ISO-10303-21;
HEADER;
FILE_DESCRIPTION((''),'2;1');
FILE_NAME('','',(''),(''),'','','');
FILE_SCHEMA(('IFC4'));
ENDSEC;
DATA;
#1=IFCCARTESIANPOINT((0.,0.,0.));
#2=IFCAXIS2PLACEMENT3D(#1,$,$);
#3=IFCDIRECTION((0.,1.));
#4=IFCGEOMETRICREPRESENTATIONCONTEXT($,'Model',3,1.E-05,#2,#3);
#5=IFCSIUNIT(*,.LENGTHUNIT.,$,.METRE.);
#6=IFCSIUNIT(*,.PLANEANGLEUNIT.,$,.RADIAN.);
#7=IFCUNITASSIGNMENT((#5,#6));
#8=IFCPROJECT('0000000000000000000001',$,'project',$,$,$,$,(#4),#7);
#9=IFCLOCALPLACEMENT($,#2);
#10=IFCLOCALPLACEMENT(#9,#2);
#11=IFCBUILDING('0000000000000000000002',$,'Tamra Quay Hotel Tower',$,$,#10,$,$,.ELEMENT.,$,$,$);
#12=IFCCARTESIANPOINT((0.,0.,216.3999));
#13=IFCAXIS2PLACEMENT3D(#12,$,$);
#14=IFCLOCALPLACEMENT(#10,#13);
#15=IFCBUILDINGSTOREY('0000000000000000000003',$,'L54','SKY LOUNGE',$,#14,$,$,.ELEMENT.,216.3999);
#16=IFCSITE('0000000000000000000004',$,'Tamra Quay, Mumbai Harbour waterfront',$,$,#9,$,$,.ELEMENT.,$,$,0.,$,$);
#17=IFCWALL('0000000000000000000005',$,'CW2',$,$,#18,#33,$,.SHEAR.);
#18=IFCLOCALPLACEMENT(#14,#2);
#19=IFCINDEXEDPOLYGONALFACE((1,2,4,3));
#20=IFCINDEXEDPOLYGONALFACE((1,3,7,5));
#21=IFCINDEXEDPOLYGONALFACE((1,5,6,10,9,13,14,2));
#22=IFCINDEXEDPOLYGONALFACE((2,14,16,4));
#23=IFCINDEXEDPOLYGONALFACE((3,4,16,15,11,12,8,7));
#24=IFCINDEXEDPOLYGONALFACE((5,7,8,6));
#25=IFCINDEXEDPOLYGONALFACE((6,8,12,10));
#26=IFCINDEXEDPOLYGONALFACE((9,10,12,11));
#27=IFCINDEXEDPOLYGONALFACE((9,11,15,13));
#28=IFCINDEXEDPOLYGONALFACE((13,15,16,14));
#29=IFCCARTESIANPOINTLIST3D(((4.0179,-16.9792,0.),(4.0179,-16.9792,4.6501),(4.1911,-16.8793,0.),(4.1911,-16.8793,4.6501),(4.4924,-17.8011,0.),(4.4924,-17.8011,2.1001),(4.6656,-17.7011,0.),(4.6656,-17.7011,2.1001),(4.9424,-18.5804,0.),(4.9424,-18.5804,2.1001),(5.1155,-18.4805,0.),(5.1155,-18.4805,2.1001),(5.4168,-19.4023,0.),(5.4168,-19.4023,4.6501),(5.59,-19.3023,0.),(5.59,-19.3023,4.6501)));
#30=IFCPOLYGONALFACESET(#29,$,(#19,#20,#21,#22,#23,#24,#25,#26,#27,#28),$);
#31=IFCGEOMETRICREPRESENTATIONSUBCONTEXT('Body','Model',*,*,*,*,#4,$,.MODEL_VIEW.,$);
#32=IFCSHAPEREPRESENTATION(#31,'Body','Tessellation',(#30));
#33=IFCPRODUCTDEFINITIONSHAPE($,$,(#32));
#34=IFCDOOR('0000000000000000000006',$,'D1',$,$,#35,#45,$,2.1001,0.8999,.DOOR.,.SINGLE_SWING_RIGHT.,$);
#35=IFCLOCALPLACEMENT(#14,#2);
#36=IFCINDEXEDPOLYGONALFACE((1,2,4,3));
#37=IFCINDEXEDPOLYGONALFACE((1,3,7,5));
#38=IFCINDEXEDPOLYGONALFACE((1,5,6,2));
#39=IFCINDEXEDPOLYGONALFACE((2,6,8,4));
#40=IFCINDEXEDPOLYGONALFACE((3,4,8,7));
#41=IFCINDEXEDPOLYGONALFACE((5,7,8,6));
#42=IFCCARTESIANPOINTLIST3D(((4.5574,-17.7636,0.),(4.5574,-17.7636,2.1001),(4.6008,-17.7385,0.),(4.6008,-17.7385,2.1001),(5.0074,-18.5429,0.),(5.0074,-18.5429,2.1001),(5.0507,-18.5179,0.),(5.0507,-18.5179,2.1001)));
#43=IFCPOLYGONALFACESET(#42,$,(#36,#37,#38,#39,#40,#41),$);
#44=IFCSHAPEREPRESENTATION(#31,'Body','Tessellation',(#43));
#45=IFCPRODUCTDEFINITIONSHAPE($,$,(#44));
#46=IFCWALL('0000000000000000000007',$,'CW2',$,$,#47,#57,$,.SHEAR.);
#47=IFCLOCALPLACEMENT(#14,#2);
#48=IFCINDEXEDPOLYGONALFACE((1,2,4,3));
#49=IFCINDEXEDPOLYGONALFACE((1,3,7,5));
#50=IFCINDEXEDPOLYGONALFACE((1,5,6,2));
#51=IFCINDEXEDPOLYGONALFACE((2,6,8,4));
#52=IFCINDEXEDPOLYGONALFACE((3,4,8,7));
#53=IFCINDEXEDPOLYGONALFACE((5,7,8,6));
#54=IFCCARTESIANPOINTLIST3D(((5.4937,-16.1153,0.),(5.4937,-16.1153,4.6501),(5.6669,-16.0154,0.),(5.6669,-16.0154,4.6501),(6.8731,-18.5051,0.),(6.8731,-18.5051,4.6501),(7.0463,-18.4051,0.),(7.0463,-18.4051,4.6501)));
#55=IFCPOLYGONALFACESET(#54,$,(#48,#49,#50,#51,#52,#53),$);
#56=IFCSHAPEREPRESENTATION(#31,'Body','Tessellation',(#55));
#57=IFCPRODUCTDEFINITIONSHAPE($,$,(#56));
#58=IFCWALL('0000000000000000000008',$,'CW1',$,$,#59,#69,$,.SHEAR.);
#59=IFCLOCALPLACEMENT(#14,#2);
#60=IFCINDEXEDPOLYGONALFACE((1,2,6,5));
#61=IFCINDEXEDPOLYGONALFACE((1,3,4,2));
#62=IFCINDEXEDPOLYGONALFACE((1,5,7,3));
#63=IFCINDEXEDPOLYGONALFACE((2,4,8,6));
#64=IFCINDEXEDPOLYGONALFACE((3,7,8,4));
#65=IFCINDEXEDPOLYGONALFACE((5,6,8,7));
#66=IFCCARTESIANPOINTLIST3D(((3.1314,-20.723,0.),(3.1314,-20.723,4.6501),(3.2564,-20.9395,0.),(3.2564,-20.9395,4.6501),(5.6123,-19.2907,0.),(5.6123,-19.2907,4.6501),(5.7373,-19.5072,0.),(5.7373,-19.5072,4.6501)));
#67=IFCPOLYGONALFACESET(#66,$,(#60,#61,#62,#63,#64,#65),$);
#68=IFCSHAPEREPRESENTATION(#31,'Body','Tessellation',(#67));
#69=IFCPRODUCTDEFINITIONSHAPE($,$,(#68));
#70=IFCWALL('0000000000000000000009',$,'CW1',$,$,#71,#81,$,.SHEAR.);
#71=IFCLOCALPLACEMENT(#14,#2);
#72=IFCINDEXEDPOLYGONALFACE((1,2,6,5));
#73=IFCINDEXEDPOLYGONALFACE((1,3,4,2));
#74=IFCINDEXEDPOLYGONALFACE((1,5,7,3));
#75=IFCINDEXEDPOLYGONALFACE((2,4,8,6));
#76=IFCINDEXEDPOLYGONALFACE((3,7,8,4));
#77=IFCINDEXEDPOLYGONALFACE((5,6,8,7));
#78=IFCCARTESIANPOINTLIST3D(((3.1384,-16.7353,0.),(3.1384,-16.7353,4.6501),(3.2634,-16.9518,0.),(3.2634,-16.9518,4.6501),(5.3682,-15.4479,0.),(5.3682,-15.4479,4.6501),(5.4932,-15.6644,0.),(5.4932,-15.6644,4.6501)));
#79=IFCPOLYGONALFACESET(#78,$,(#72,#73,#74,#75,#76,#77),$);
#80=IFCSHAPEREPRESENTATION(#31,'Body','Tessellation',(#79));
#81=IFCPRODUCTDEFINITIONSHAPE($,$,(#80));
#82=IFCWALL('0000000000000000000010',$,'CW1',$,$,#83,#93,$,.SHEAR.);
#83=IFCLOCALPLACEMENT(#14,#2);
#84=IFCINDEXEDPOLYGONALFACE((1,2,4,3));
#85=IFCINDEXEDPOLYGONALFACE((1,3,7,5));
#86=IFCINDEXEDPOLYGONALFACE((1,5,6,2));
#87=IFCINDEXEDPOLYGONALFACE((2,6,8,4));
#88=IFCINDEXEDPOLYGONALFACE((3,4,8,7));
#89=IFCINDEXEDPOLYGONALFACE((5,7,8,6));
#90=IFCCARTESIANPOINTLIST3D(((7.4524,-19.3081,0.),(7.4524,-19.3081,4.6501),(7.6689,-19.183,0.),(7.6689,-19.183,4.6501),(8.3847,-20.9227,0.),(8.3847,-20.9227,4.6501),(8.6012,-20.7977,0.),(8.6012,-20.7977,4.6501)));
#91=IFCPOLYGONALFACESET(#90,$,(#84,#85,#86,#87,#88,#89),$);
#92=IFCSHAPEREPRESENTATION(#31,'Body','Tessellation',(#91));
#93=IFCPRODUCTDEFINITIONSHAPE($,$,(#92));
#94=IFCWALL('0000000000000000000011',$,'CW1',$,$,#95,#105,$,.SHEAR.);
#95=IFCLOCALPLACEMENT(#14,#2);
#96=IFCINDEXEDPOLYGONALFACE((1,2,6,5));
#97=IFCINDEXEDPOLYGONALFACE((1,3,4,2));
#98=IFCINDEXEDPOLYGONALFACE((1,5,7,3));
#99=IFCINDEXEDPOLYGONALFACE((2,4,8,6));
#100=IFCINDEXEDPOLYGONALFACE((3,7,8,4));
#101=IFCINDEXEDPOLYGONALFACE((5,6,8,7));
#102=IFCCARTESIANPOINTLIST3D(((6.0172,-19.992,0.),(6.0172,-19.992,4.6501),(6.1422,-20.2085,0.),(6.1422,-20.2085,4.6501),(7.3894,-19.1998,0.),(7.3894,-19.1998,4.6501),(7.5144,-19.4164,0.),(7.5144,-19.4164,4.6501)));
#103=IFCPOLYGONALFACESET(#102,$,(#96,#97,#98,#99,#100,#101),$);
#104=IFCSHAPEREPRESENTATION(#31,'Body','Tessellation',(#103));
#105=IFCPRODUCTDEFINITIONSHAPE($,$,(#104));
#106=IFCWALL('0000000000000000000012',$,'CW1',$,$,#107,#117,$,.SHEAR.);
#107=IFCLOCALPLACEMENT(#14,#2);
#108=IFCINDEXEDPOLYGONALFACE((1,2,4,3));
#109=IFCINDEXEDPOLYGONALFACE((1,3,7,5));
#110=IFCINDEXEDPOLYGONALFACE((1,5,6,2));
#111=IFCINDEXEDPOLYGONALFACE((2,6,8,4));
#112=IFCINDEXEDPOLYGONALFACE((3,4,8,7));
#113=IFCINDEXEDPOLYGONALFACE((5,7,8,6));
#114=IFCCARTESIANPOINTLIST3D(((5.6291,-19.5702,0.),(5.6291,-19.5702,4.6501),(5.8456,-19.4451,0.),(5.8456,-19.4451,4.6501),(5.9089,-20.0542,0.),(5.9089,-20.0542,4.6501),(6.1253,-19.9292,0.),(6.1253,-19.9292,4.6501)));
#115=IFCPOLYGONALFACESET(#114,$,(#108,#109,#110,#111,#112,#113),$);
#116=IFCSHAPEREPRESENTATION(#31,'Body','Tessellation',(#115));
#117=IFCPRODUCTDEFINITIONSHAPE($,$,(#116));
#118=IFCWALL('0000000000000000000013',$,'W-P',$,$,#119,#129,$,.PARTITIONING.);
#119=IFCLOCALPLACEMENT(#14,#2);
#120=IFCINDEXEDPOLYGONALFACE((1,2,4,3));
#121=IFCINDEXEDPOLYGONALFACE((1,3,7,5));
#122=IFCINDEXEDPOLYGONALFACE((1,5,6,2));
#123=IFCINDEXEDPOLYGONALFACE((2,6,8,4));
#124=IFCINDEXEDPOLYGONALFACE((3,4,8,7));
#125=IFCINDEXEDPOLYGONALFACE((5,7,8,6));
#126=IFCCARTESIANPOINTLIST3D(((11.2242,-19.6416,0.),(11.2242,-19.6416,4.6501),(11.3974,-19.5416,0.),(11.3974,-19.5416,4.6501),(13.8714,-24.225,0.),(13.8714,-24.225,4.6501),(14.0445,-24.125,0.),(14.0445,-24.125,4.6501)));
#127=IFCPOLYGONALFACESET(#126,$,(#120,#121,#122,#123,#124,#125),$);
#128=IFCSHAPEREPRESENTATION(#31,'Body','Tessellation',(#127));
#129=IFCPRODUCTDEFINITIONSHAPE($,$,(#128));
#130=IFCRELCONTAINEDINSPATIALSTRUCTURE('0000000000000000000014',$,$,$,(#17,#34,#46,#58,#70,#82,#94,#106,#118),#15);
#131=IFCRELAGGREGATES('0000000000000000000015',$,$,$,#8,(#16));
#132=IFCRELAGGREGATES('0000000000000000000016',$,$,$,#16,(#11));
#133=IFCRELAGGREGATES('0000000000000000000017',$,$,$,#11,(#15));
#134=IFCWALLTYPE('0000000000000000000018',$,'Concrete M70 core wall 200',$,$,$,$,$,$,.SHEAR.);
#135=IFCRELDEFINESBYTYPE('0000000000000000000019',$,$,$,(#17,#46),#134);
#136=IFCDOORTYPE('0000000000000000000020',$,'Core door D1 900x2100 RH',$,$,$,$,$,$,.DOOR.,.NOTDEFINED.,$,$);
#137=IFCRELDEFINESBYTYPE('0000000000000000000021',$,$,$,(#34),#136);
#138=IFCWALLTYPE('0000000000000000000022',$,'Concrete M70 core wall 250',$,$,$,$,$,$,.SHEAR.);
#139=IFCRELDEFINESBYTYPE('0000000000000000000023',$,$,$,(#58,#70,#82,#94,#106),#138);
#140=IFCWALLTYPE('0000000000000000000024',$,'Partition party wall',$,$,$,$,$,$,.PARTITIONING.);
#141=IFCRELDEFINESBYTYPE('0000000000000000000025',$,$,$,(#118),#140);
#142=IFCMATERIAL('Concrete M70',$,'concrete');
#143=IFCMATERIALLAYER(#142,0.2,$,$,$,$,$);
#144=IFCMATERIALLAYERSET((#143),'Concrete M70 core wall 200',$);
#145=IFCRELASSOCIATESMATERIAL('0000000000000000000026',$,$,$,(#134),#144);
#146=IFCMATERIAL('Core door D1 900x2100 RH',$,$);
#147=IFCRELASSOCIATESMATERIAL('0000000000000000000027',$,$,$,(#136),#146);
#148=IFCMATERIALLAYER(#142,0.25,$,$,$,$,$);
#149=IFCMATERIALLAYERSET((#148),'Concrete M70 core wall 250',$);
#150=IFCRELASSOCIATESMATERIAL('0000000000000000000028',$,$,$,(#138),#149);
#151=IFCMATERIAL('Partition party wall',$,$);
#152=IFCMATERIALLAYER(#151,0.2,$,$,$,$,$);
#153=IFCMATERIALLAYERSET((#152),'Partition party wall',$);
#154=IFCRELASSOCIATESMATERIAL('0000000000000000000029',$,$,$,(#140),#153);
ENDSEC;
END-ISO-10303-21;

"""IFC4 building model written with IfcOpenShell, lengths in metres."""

from ifc_helpers import new_model, si_unit, direction, frame, frame_2d, origin, place, context, subcontext, project, spatial, rectangle, extrude, material, layer, layer_set, type_object, element, fill, save


model = new_model("IFC4")

# Units and contexts
model_context = context("Model", 3, precision=1e-05, world=origin(), true_north=direction((0.0, 1.0)))
body_context = subcontext(model_context, "Body", "Model", "MODEL_VIEW")
ifc_project = project(units=[si_unit("LENGTHUNIT", "METRE"), si_unit("PLANEANGLEUNIT", "RADIAN")], contexts=[model_context])

# Site, building, storey
site_placement = place(None, origin())
site = spatial("IfcSite", under=ifc_project, at=site_placement, Name="Tamra Quay, Mumbai Harbour waterfront", CompositionType="ELEMENT", RefElevation=0.0)
building_placement = place(site_placement, origin())
building = spatial("IfcBuilding", under=site, at=building_placement, Name="Tamra Quay Hotel Tower", CompositionType="ELEMENT")
storey_placement = place(building_placement, frame((0.0, 0.0, 216.3999)))
storey = spatial("IfcBuildingStorey", under=building, at=storey_placement, Name="L54", Description="SKY LOUNGE", CompositionType="ELEMENT", Elevation=216.3999)

# Shared definitions
ifc_material_1 = material(Name="Concrete M70", Category="concrete")

# Shared definitions
ifc_layer_1 = layer(ifc_material_1, 0.2)
ifc_layer_set_1 = layer_set([ifc_layer_1], Name="Concrete M70 core wall 200")
wall_type_1 = type_object("IfcWallType", Name="Concrete M70 core wall 200", PredefinedType="SHEAR", material=ifc_layer_set_1)

# Wall, opening, door
wall_1_placement = place(storey_placement, frame((5.5034, -19.3523, 0.0), z_axis=(0.0, 0.0, 1.0), x_axis=(-0.499987, 0.866033, 0.0)))
wall_1 = element("IfcWall", 1, at=wall_1_placement, inside=storey, type_object=wall_type_1, Name="CW2", PredefinedType="SHEAR", context=body_context, shape_type="SweptSolid", body=[
    extrude(rectangle(XDim=2.7979, YDim=0.2, at=frame_2d((1.3989, 0.0))), origin(), (0.0, 0.0, 1.0), 4.6501),
])
opening_1_placement = place(wall_1_placement, frame((0.949, 0.0, 0.0)))
opening_1 = element("IfcOpeningElement", 2, at=opening_1_placement, cuts=wall_1, PredefinedType="OPENING", context=body_context, shape_type="SweptSolid", body=[
    extrude(rectangle(XDim=0.8999, YDim=2.1001, at=frame_2d((0.45, 1.05))), frame((0.0, 0.1099, 0.0), z_axis=(0.0, -1.0, 0.0), x_axis=(1.0, 0.0, 0.0)), (0.0, 0.0, 1.0), 0.22),
])
ifc_material_2 = material(Name="Core door D1 900x2100 RH")
door_type_1 = type_object("IfcDoorType", Name="Core door D1 900x2100 RH", OperationType="NOTDEFINED", PredefinedType="DOOR", material=ifc_material_2)
door_1_placement = place(opening_1_placement, origin())
door_1 = element("IfcDoor", 3, at=door_1_placement, inside=storey, type_object=door_type_1, Name="D1", OperationType="SINGLE_SWING_RIGHT", OverallHeight=2.1001, OverallWidth=0.8999, PredefinedType="DOOR", context=body_context, shape_type="SweptSolid", body=[
    extrude(rectangle(XDim=0.8999, YDim=2.1001, at=frame_2d((0.45, 1.05))), frame((0.0, 0.0249, 0.0), z_axis=(0.0, -1.0, 0.0), x_axis=(1.0, 0.0, 0.0)), (0.0, 0.0, 1.0), 0.05),
])
fill(opening_1, door_1)

# Walls
wall_2_placement = place(storey_placement, frame((6.9597, -18.4551, 0.0), z_axis=(0.0, 0.0, 1.0), x_axis=(-0.499927, 0.866068, 0.0)))
element("IfcWall", 4, at=wall_2_placement, inside=storey, type_object=wall_type_1, Name="CW2", PredefinedType="SHEAR", context=body_context, shape_type="SweptSolid", body=[
    extrude(rectangle(XDim=2.7593, YDim=0.2, at=frame_2d((1.3796, 0.0))), origin(), (0.0, 0.0, 1.0), 4.6501),
])
ifc_layer_2 = layer(ifc_material_1, 0.25)
ifc_layer_set_2 = layer_set([ifc_layer_2], Name="Concrete M70 core wall 250")
wall_type_2 = type_object("IfcWallType", Name="Concrete M70 core wall 250", PredefinedType="SHEAR", material=ifc_layer_set_2)
wall_3_placement = place(storey_placement, frame((5.6748, -19.3989, 0.0), z_axis=(0.0, 0.0, 1.0), x_axis=(-0.866027, -0.499998, 0.0)))
element("IfcWall", 5, at=wall_3_placement, inside=storey, type_object=wall_type_2, Name="CW1", PredefinedType="SHEAR", context=body_context, shape_type="SweptSolid", body=[
    extrude(rectangle(XDim=2.8647, YDim=0.25, at=frame_2d((1.4324, 0.0))), origin(), (0.0, 0.0, 1.0), 4.6501),
])
wall_4_placement = place(storey_placement, frame((5.4307, -15.5562, 0.0), z_axis=(0.0, 0.0, 1.0), x_axis=(-0.866023, -0.500004, 0.0)))
element("IfcWall", 6, at=wall_4_placement, inside=storey, type_object=wall_type_2, Name="CW1", PredefinedType="SHEAR", context=body_context, shape_type="SweptSolid", body=[
    extrude(rectangle(XDim=2.5747, YDim=0.25, at=frame_2d((1.2874, 0.0))), origin(), (0.0, 0.0, 1.0), 4.6501),
])
wall_5_placement = place(storey_placement, frame((8.4929, -20.8601, 0.0), z_axis=(0.0, 0.0, 1.0), x_axis=(-0.50004, 0.866002, 0.0)))
element("IfcWall", 7, at=wall_5_placement, inside=storey, type_object=wall_type_2, Name="CW1", PredefinedType="SHEAR", context=body_context, shape_type="SweptSolid", body=[
    extrude(rectangle(XDim=1.8645, YDim=0.25, at=frame_2d((0.9321, 0.0))), origin(), (0.0, 0.0, 1.0), 4.6501),
])
wall_6_placement = place(storey_placement, frame((7.4519, -19.3081, 0.0), z_axis=(0.0, 0.0, 1.0), x_axis=(-0.866044, -0.499967, 0.0)))
element("IfcWall", 8, at=wall_6_placement, inside=storey, type_object=wall_type_2, Name="CW1", PredefinedType="SHEAR", context=body_context, shape_type="SweptSolid", body=[
    extrude(rectangle(XDim=1.5845, YDim=0.25, at=frame_2d((0.7922, 0.0))), origin(), (0.0, 0.0, 1.0), 4.6501),
])
wall_7_placement = place(storey_placement, frame((6.0171, -19.9917, 0.0), z_axis=(0.0, 0.0, 1.0), x_axis=(-0.500365, 0.865815, 0.0)))
element("IfcWall", 9, at=wall_7_placement, inside=storey, type_object=wall_type_2, Name="CW1", PredefinedType="SHEAR", context=body_context, shape_type="SweptSolid", body=[
    extrude(rectangle(XDim=0.5591, YDim=0.25, at=frame_2d((0.2795, 0.0))), origin(), (0.0, 0.0, 1.0), 4.6501),
])
ifc_material_3 = material(Name="Partition party wall")
ifc_layer_3 = layer(ifc_material_3, 0.2)
ifc_layer_set_3 = layer_set([ifc_layer_3], Name="Partition party wall")
wall_type_3 = type_object("IfcWallType", Name="Partition party wall", PredefinedType="PARTITIONING", material=ifc_layer_set_3)
wall_8_placement = place(storey_placement, frame((11.3108, -19.5916, 0.0), z_axis=(0.0, 0.0, 1.0), x_axis=(0.500132, -0.865949, 0.0)))
element("IfcWall", 10, at=wall_8_placement, inside=storey, type_object=wall_type_3, Name="W-P", PredefinedType="PARTITIONING", context=body_context, shape_type="SweptSolid", body=[
    extrude(rectangle(XDim=5.293, YDim=0.2, at=frame_2d((2.6465, 0.0))), origin(), (0.0, 0.0, 1.0), 4.6501),
])

save(model, "model.ifc")
